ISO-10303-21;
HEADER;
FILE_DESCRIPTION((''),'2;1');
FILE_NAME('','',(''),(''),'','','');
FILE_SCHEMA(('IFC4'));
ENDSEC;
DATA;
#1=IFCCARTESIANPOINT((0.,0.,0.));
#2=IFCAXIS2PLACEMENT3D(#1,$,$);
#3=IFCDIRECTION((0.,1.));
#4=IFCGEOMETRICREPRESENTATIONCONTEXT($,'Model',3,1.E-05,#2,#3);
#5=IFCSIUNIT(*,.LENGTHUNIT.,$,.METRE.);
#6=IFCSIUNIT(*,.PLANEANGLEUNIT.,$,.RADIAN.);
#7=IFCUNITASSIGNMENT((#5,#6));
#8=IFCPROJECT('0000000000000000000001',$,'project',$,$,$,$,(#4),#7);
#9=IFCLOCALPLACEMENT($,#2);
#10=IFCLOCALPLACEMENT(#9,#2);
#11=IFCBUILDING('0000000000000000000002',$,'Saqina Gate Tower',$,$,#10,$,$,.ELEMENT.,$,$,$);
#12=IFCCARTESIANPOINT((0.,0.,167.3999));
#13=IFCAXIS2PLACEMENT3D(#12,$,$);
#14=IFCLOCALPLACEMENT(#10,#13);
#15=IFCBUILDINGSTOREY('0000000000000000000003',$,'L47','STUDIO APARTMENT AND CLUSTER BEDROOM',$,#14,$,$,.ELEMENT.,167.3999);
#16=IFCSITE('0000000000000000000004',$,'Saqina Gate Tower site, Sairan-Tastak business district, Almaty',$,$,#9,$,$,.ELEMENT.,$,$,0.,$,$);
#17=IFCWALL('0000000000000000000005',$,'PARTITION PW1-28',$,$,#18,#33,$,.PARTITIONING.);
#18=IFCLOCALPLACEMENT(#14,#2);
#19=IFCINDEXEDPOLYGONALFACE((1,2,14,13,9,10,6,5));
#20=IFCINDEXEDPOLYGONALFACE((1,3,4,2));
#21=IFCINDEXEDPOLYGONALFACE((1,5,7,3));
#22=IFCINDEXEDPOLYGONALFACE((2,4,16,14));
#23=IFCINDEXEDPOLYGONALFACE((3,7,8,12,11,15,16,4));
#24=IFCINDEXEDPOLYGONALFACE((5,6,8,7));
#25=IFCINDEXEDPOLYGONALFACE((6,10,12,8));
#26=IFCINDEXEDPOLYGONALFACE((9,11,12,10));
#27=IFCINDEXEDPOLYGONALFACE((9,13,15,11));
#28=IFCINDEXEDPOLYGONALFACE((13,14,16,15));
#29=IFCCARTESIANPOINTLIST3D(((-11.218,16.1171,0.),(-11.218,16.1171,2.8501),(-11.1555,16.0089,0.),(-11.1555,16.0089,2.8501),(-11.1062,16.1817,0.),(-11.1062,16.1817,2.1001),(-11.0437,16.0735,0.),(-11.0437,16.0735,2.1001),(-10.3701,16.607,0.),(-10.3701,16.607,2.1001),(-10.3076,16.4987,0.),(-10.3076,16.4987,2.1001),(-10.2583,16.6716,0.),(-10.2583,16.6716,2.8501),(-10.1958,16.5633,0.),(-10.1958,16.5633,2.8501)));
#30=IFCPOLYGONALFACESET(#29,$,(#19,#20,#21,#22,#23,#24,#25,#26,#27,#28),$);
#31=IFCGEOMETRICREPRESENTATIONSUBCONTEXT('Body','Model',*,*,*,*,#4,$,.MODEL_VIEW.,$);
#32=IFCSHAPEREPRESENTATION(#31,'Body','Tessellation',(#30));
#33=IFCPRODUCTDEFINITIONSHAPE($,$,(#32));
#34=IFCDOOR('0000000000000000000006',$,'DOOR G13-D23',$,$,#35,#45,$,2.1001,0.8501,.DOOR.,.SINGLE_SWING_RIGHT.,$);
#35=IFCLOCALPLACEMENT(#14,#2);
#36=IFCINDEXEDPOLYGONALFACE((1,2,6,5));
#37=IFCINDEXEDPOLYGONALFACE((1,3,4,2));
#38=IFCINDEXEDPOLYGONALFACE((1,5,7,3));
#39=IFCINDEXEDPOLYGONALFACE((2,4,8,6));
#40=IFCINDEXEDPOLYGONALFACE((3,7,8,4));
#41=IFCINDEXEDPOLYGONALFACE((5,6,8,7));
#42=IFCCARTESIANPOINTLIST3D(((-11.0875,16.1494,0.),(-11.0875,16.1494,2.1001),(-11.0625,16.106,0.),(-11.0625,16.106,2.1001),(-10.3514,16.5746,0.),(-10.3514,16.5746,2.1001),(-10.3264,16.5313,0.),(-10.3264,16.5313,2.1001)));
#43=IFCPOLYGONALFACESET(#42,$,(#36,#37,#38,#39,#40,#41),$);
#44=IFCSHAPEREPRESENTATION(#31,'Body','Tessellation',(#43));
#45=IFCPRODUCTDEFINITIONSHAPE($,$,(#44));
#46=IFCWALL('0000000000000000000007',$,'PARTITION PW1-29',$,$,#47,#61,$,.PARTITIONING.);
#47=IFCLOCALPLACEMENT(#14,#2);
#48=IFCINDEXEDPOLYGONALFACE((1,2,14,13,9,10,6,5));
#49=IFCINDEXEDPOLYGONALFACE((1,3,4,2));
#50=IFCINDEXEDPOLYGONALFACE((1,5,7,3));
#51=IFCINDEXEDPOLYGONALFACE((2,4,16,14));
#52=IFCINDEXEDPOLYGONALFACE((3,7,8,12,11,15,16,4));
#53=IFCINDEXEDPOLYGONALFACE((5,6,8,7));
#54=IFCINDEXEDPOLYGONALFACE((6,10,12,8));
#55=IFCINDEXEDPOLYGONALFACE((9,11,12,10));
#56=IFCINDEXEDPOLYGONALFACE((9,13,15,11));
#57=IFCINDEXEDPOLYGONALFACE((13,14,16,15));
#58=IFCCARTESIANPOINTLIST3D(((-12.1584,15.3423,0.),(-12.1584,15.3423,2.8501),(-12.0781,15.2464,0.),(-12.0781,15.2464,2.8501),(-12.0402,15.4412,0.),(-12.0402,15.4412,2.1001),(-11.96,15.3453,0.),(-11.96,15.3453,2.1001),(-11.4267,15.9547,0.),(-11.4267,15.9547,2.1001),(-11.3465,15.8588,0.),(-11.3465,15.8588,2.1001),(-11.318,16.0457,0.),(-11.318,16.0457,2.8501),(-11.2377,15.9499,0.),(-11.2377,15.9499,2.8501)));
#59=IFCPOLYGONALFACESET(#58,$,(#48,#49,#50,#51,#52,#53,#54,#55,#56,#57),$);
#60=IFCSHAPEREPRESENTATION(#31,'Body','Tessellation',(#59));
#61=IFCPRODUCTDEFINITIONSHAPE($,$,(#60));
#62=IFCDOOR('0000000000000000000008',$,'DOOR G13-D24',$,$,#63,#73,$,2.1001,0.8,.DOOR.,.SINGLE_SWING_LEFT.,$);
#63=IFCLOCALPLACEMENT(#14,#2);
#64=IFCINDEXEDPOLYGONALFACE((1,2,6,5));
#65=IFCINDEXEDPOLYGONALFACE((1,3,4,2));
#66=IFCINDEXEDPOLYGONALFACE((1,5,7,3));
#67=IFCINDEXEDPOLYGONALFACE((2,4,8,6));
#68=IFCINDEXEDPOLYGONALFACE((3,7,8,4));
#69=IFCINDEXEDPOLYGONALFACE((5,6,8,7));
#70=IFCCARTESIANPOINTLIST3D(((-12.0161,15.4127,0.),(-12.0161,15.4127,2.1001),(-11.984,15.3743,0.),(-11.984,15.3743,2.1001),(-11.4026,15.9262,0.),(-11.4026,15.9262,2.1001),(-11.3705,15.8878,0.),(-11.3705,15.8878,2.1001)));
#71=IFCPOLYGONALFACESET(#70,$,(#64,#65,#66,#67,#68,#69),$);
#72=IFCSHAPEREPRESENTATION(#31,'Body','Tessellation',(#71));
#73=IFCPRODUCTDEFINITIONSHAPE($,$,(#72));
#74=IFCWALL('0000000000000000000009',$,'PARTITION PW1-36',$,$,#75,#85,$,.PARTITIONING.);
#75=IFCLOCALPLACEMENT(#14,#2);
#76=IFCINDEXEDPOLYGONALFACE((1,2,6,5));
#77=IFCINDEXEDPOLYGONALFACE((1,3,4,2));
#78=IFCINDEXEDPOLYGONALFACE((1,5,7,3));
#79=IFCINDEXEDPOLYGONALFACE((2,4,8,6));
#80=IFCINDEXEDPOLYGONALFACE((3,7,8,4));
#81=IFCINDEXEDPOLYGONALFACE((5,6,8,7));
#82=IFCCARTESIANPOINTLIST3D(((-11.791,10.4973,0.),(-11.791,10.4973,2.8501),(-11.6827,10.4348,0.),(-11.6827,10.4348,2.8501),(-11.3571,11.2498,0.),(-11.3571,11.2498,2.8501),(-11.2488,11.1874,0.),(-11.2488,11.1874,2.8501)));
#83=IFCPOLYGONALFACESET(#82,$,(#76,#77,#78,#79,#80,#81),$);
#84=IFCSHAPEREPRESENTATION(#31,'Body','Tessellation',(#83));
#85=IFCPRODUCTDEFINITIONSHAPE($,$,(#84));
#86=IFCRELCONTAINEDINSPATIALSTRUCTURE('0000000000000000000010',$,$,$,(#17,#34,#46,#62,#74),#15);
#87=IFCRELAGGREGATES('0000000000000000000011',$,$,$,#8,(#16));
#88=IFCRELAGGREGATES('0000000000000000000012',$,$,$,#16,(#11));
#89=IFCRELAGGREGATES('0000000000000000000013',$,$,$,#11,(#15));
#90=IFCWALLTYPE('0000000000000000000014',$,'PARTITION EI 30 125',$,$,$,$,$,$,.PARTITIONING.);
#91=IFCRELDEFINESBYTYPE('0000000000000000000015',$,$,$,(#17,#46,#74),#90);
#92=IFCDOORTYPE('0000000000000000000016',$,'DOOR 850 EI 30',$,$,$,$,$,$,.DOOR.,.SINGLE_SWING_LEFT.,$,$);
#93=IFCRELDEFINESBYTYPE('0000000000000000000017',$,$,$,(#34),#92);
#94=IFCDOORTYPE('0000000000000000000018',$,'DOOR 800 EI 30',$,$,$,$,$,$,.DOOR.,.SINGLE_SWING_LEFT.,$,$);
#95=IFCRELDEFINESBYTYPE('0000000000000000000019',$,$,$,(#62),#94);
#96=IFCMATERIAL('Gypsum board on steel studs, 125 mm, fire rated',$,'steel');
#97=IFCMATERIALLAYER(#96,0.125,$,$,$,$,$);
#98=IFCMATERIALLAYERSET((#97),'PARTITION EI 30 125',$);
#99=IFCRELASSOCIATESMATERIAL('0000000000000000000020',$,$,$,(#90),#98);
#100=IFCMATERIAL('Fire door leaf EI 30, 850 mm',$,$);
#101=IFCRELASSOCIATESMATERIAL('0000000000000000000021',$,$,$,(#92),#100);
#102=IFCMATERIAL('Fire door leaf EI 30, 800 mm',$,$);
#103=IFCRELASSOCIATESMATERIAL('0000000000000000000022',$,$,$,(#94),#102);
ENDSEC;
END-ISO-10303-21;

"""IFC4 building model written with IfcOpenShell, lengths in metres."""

from ifc_helpers import new_model, si_unit, direction, frame, frame_2d, origin, place, context, subcontext, project, spatial, rectangle, extrude, material, layer, layer_set, type_object, element, fill, save


model = new_model("IFC4")

# Units and contexts
model_context = context("Model", 3, precision=1e-05, world=origin(), true_north=direction((0.0, 1.0)))
body_context = subcontext(model_context, "Body", "Model", "MODEL_VIEW")
ifc_project = project(units=[si_unit("LENGTHUNIT", "METRE"), si_unit("PLANEANGLEUNIT", "RADIAN")], contexts=[model_context])

# Site, building, storey
site_placement = place(None, origin())
site = spatial("IfcSite", under=ifc_project, at=site_placement, Name="Saqina Gate Tower site, Sairan-Tastak business district, Almaty", CompositionType="ELEMENT", RefElevation=0.0)
building_placement = place(site_placement, origin())
building = spatial("IfcBuilding", under=site, at=building_placement, Name="Saqina Gate Tower", CompositionType="ELEMENT")
storey_placement = place(building_placement, frame((0.0, 0.0, 167.3999)))
storey = spatial("IfcBuildingStorey", under=building, at=storey_placement, Name="L47", Description="STUDIO APARTMENT AND CLUSTER BEDROOM", CompositionType="ELEMENT", Elevation=167.3999)

# Shared definitions
ifc_material_1 = material(Name="Gypsum board on steel studs, 125 mm, fire rated", Category="steel")
ifc_layer_1 = layer(ifc_material_1, 0.125)
ifc_layer_set_1 = layer_set([ifc_layer_1], Name="PARTITION EI 30 125")
wall_type_1 = type_object("IfcWallType", Name="PARTITION EI 30 125", PredefinedType="PARTITIONING", material=ifc_layer_set_1)

# Walls, openings, doors
wall_1_placement = place(storey_placement, frame((-11.1868, 16.063, 0.0), z_axis=(0.0, 0.0, 1.0), x_axis=(0.865888, 0.500237, 0.0)))
wall_1 = element("IfcWall", 1, at=wall_1_placement, inside=storey, type_object=wall_type_1, Name="PARTITION PW1-28", PredefinedType="PARTITIONING", context=body_context, shape_type="SweptSolid", body=[
    extrude(rectangle(XDim=1.1084, YDim=0.125, at=frame_2d((0.5542, 0.0))), origin(), (0.0, 0.0, 1.0), 2.8501),
])
opening_1_placement = place(wall_1_placement, frame((0.1292, 0.0, 0.0)))
opening_1 = element("IfcOpeningElement", 2, at=opening_1_placement, cuts=wall_1, PredefinedType="OPENING", context=body_context, shape_type="SweptSolid", body=[
    extrude(rectangle(XDim=0.8501, YDim=2.1001, at=frame_2d((0.425, 1.05))), frame((0.0, 0.0745, 0.0), z_axis=(0.0, -1.0, 0.0), x_axis=(1.0, 0.0, 0.0)), (0.0, 0.0, 1.0), 0.1489),
])
ifc_material_2 = material(Name="Fire door leaf EI 30, 850 mm")
door_type_1 = type_object("IfcDoorType", Name="DOOR 850 EI 30", OperationType="SINGLE_SWING_LEFT", PredefinedType="DOOR", material=ifc_material_2)
door_1_placement = place(opening_1_placement, frame((0.8501, 0.0, 0.0), z_axis=(0.0, 0.0, 1.0), x_axis=(-1.0, 0.0, 0.0)))
door_1 = element("IfcDoor", 3, at=door_1_placement, inside=storey, type_object=door_type_1, Name="DOOR G13-D23", OperationType="SINGLE_SWING_RIGHT", OverallHeight=2.1001, OverallWidth=0.8501, PredefinedType="DOOR", context=body_context, shape_type="SweptSolid", body=[
    extrude(rectangle(XDim=0.8501, YDim=2.1001, at=frame_2d((0.425, 1.05))), frame((0.0, 0.0249, 0.0), z_axis=(0.0, -1.0, 0.0), x_axis=(1.0, 0.0, 0.0)), (0.0, 0.0, 1.0), 0.05),
])
fill(opening_1, door_1)
wall_2_placement = place(storey_placement, frame((-12.1182, 15.2944, 0.0), z_axis=(0.0, 0.0, 1.0), x_axis=(0.766832, 0.641848, 0.0)))
wall_2 = element("IfcWall", 4, at=wall_2_placement, inside=storey, type_object=wall_type_1, Name="PARTITION PW1-29", PredefinedType="PARTITIONING", context=body_context, shape_type="SweptSolid", body=[
    extrude(rectangle(XDim=1.0959, YDim=0.125, at=frame_2d((0.5479, 0.0))), origin(), (0.0, 0.0, 1.0), 2.8501),
])
opening_2_placement = place(wall_2_placement, frame((0.1541, 0.0, 0.0)))
opening_2 = element("IfcOpeningElement", 5, at=opening_2_placement, cuts=wall_2, PredefinedType="OPENING", context=body_context, shape_type="SweptSolid", body=[
    extrude(rectangle(XDim=0.8, YDim=2.1001, at=frame_2d((0.3999, 1.05))), frame((0.0, 0.0745, 0.0), z_axis=(0.0, -1.0, 0.0), x_axis=(1.0, 0.0, 0.0)), (0.0, 0.0, 1.0), 0.1489),
])
ifc_material_3 = material(Name="Fire door leaf EI 30, 800 mm")
door_type_2 = type_object("IfcDoorType", Name="DOOR 800 EI 30", OperationType="SINGLE_SWING_LEFT", PredefinedType="DOOR", material=ifc_material_3)
door_2_placement = place(opening_2_placement, frame((0.8, 0.0, 0.0), z_axis=(0.0, 0.0, 1.0), x_axis=(-1.0, 0.0, 0.0)))
door_2 = element("IfcDoor", 6, at=door_2_placement, inside=storey, type_object=door_type_2, Name="DOOR G13-D24", OperationType="SINGLE_SWING_LEFT", OverallHeight=2.1001, OverallWidth=0.8, PredefinedType="DOOR", context=body_context, shape_type="SweptSolid", body=[
    extrude(rectangle(XDim=0.8, YDim=2.1001, at=frame_2d((0.3999, 1.05))), frame((0.0, 0.0249, 0.0), z_axis=(0.0, -1.0, 0.0), x_axis=(1.0, 0.0, 0.0)), (0.0, 0.0, 1.0), 0.05),
])
fill(opening_2, door_2)

# Wall
wall_3_placement = place(storey_placement, frame((-11.7368, 10.4661, 0.0), z_axis=(0.0, 0.0, 1.0), x_axis=(0.499495, 0.866317, 0.0)))
element("IfcWall", 7, at=wall_3_placement, inside=storey, type_object=wall_type_1, Name="PARTITION PW1-36", PredefinedType="PARTITIONING", context=body_context, shape_type="SweptSolid", body=[
    extrude(rectangle(XDim=0.8687, YDim=0.125, at=frame_2d((0.4343, 0.0))), origin(), (0.0, 0.0, 1.0), 2.8501),
])

save(model, "model.ifc")
